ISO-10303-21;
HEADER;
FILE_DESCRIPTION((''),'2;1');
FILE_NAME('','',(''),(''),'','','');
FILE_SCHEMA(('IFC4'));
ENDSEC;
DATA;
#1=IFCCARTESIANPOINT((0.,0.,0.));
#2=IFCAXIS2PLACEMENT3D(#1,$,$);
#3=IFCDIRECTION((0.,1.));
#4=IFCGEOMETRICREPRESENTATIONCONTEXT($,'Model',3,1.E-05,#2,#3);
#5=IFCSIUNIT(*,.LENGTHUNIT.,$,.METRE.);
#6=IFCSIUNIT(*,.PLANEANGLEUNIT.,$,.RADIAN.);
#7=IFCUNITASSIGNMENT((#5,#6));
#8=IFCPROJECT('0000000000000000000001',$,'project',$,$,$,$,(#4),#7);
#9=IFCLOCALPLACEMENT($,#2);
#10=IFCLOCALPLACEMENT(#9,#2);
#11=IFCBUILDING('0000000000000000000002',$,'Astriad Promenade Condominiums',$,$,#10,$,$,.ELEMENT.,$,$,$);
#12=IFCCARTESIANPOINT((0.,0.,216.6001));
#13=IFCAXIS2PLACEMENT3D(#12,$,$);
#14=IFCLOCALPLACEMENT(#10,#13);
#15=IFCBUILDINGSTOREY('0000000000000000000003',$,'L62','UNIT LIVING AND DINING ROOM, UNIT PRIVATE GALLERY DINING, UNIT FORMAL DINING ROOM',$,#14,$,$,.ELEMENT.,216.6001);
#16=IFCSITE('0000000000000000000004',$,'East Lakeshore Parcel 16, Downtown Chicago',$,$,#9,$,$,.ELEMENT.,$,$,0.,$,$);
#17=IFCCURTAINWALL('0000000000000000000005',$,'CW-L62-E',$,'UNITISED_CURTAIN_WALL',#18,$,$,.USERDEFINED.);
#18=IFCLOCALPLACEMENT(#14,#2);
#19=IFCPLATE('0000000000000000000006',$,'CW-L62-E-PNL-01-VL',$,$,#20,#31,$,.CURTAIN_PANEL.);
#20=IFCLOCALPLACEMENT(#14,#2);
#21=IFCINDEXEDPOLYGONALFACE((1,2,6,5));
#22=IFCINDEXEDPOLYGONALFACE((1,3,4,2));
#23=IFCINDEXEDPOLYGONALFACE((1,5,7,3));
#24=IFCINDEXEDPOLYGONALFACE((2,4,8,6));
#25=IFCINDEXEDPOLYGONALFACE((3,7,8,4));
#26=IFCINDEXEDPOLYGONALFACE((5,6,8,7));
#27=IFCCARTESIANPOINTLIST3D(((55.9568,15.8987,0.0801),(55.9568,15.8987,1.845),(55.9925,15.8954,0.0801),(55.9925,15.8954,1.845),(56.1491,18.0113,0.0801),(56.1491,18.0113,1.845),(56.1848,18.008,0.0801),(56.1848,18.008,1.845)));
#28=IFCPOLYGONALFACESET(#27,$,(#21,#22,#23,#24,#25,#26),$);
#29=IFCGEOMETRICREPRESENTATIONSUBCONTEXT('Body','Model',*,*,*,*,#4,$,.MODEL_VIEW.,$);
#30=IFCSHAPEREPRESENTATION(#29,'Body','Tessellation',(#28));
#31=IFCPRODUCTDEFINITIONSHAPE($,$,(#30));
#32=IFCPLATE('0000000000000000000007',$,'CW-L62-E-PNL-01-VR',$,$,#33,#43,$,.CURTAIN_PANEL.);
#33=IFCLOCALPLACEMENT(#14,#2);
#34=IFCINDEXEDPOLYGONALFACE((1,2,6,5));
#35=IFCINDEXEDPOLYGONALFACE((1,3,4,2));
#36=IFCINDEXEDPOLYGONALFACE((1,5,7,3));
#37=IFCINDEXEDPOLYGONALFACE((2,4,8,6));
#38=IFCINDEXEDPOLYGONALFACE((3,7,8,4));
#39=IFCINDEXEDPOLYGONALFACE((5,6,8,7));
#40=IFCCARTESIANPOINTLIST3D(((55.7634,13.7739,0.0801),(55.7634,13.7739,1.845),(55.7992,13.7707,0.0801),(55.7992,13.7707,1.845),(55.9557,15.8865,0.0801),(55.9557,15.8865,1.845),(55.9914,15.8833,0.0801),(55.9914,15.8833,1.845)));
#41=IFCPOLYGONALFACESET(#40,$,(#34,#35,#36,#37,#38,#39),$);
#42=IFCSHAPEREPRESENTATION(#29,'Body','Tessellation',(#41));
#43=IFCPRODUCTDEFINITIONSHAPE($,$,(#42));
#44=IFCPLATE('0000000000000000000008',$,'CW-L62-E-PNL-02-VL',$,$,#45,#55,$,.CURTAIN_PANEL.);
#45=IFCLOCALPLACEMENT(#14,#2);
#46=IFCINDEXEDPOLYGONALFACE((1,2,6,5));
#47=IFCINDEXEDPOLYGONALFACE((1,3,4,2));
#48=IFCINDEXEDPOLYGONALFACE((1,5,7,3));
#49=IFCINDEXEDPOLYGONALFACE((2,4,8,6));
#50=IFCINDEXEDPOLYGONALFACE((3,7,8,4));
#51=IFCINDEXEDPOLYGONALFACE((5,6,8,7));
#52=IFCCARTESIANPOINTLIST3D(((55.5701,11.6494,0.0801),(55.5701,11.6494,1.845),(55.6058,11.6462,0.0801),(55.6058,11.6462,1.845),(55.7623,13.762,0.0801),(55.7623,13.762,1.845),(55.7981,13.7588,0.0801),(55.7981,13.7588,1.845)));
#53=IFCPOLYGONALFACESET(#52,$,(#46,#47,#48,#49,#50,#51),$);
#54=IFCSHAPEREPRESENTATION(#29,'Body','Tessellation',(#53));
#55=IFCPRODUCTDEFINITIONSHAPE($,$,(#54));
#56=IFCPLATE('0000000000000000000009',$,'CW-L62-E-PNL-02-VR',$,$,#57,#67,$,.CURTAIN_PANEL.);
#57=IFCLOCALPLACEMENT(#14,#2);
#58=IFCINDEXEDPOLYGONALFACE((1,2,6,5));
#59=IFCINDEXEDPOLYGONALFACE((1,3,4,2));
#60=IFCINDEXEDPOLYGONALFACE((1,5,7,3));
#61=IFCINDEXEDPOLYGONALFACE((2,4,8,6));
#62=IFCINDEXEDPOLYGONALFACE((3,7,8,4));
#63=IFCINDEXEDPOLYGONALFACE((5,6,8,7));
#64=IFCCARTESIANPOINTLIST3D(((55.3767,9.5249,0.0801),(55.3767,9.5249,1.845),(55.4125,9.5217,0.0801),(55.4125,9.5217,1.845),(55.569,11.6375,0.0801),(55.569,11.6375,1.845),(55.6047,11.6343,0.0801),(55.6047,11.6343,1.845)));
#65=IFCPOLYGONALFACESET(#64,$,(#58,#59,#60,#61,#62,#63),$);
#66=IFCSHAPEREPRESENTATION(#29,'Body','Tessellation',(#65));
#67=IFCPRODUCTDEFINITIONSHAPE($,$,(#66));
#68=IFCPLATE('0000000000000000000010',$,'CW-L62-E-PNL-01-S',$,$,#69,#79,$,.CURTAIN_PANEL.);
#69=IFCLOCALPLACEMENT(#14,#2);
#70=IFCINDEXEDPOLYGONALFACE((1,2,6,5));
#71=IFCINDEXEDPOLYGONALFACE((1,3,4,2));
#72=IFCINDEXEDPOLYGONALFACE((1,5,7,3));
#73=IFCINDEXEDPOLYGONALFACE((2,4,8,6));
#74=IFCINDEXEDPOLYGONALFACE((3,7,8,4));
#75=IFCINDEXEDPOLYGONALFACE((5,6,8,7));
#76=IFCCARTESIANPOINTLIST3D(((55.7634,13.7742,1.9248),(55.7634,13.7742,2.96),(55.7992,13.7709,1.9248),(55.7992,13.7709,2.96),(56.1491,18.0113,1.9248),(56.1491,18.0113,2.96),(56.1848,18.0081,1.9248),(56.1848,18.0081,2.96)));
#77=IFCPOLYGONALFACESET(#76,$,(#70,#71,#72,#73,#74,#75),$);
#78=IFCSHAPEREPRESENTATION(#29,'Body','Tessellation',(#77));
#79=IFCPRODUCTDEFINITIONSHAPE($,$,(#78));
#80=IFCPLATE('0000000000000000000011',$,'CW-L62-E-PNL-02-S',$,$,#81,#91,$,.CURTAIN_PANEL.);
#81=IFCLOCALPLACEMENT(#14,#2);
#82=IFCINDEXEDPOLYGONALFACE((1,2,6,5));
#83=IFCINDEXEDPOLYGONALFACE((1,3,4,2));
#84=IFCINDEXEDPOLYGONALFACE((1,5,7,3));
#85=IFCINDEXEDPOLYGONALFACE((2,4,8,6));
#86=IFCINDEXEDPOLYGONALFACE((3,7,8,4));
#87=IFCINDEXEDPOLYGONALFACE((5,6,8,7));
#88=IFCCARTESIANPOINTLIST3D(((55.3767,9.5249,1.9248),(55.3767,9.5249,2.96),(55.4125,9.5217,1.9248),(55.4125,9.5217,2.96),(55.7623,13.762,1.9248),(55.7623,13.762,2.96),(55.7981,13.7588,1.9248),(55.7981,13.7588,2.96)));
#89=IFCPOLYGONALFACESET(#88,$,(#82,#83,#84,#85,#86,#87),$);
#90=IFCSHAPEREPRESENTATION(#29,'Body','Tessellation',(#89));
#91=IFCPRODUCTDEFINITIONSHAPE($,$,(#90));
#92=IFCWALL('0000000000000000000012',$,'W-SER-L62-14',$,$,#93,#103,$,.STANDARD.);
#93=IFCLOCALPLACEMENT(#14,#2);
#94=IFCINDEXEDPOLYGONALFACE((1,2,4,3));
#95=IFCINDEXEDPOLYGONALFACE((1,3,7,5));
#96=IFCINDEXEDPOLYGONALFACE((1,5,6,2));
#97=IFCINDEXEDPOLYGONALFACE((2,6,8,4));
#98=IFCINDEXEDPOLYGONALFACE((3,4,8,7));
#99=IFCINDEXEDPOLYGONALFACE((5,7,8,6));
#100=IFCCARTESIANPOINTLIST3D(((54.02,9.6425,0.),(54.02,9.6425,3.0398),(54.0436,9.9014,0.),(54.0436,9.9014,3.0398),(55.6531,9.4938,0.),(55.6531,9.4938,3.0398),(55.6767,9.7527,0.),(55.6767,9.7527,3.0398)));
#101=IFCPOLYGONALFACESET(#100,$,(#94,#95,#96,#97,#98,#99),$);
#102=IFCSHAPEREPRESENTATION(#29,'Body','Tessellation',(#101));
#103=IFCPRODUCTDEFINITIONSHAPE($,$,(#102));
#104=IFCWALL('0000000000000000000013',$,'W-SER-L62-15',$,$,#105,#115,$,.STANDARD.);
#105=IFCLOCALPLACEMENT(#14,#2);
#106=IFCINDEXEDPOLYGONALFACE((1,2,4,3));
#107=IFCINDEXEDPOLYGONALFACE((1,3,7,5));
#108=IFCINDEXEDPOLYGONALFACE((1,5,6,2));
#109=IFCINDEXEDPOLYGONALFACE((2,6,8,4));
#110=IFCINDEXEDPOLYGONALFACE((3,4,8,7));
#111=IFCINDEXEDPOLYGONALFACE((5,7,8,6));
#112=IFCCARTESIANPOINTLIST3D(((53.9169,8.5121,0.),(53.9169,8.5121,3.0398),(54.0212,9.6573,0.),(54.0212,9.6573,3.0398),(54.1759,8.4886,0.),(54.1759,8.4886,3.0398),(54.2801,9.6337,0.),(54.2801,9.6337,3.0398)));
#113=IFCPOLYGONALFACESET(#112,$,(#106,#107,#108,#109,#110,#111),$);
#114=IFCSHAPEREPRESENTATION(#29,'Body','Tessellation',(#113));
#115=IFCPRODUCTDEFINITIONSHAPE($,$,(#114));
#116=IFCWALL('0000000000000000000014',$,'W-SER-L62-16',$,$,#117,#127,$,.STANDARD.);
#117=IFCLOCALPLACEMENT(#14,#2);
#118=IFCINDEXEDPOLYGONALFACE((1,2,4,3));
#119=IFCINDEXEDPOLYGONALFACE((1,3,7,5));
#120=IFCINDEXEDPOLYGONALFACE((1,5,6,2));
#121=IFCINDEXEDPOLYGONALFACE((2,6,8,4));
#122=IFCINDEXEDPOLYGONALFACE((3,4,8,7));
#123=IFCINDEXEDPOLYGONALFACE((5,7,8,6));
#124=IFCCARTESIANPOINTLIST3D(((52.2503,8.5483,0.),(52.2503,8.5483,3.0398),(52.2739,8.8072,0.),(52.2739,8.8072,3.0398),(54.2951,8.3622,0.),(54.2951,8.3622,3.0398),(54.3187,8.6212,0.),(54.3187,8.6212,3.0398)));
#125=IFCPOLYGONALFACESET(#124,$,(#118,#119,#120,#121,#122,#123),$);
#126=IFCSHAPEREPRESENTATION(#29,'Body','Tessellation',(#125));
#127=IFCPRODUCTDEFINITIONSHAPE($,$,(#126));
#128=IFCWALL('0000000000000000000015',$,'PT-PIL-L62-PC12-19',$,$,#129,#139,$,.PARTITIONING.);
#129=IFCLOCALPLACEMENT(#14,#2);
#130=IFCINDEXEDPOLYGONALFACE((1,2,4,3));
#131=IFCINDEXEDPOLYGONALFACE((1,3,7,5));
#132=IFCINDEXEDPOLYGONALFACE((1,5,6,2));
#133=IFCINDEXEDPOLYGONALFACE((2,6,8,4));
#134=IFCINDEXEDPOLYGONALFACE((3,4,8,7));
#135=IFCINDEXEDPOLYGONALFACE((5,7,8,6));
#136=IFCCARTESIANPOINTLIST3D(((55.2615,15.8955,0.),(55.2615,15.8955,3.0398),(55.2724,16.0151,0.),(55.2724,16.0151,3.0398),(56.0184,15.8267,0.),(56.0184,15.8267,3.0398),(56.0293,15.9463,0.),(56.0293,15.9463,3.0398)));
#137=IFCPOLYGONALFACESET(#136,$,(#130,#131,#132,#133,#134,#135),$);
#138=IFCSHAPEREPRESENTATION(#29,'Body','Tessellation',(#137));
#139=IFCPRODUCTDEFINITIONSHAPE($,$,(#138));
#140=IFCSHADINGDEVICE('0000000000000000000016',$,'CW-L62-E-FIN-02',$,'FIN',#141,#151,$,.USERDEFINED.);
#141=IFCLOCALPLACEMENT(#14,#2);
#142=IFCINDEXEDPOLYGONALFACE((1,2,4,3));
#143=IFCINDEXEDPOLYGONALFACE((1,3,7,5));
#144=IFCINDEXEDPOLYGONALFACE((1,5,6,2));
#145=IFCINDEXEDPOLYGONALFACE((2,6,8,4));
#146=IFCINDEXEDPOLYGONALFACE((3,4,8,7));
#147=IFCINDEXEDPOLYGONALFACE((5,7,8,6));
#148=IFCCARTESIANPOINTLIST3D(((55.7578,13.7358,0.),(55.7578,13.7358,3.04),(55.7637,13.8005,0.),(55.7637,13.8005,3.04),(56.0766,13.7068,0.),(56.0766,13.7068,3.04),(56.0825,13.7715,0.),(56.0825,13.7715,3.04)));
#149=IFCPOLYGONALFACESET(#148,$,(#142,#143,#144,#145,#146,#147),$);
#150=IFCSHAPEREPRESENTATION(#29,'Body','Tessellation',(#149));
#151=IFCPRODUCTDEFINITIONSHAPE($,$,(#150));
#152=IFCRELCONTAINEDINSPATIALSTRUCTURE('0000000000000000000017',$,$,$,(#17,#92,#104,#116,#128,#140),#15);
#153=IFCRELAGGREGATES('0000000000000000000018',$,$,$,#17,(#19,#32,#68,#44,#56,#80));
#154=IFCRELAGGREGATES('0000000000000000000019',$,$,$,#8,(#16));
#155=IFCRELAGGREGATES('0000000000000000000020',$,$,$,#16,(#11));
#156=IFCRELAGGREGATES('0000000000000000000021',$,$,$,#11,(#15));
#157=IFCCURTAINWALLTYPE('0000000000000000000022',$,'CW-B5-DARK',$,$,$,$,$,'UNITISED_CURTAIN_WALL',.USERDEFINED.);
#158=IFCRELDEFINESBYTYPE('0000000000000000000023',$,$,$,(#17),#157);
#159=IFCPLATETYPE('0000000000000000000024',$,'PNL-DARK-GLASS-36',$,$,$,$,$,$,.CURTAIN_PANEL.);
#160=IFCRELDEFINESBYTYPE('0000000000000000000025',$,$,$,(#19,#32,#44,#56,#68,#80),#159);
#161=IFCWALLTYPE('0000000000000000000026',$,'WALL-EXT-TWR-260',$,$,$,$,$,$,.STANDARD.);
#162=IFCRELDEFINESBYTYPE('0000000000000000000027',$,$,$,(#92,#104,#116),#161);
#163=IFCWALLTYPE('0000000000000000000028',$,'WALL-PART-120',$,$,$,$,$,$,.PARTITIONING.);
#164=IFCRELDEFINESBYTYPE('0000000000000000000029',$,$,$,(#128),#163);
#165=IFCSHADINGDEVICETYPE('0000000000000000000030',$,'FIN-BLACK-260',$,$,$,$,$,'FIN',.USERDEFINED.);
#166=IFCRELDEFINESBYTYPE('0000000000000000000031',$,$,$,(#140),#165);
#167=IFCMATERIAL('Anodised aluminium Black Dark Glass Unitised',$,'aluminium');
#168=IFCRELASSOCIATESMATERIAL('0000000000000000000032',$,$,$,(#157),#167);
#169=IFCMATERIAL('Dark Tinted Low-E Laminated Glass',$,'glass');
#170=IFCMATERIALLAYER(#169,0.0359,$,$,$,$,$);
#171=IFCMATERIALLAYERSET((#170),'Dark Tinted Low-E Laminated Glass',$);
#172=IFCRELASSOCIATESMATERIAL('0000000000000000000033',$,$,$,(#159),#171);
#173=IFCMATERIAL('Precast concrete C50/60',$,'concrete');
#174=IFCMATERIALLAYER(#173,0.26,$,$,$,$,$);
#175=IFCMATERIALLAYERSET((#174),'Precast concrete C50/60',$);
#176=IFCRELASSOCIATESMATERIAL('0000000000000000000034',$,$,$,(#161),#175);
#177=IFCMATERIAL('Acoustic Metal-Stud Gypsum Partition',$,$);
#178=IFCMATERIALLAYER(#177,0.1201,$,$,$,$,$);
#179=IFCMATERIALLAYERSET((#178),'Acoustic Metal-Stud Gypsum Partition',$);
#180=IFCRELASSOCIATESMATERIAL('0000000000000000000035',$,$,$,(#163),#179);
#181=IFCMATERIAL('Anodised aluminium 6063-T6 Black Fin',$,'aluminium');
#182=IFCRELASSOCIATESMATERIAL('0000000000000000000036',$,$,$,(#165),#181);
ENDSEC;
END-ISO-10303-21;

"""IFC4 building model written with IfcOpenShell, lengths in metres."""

from ifc_helpers import new_model, si_unit, direction, frame, frame_2d, origin, origin_2d, place, context, subcontext, project, spatial, rectangle, extrude, source, transform, mapped, material, layer, layer_set, type_object, type_shapes, element, aggregate, save


model = new_model("IFC4")

# Units and contexts
model_context = context("Model", 3, precision=1e-05, world=origin(), true_north=direction((0.0, 1.0)))
body_context = subcontext(model_context, "Body", "Model", "MODEL_VIEW")
ifc_project = project(units=[si_unit("LENGTHUNIT", "METRE"), si_unit("PLANEANGLEUNIT", "RADIAN")], contexts=[model_context])

# Site, building, storey
site_placement = place(None, origin())
site = spatial("IfcSite", under=ifc_project, at=site_placement, Name="East Lakeshore Parcel 16, Downtown Chicago", CompositionType="ELEMENT", RefElevation=0.0)
building_placement = place(site_placement, origin())
building = spatial("IfcBuilding", under=site, at=building_placement, Name="Astriad Promenade Condominiums", CompositionType="ELEMENT")
storey_placement = place(building_placement, frame((0.0, 0.0, 216.6001)))
storey = spatial("IfcBuildingStorey", under=building, at=storey_placement, Name="L62", Description="UNIT LIVING AND DINING ROOM, UNIT PRIVATE GALLERY DINING, UNIT FORMAL DINING ROOM", CompositionType="ELEMENT", Elevation=216.6001)

# Curtain wall, plates
ifc_material_1 = material(Name="Anodised aluminium Black Dark Glass Unitised", Category="aluminium")
curtain_wall_type = type_object("IfcCurtainWallType", Name="CW-B5-DARK", ElementType="UNITISED_CURTAIN_WALL", PredefinedType="USERDEFINED", material=ifc_material_1)
curtain_wall_placement = place(storey_placement, origin())
curtain_wall = element("IfcCurtainWall", 1, at=curtain_wall_placement, inside=storey, type_object=curtain_wall_type, Name="CW-L62-E", ObjectType="UNITISED_CURTAIN_WALL", PredefinedType="USERDEFINED")
ifc_material_2 = material(Name="Dark Tinted Low-E Laminated Glass", Category="glass")
ifc_layer_1 = layer(ifc_material_2, 0.0359)
ifc_layer_set_1 = layer_set([ifc_layer_1], Name="Dark Tinted Low-E Laminated Glass")
plate_type = type_object("IfcPlateType", Name="PNL-DARK-GLASS-36", PredefinedType="CURTAIN_PANEL", material=ifc_layer_set_1)
shared_shape_1 = source(origin(), body_context, "Body", "SweptSolid", [
    extrude(rectangle(XDim=2.1213, YDim=0.0359, at=origin_2d()), origin(), (0.0, 0.0, 1.0), 1.7649),
])
plate_1_placement = place(storey_placement, frame((56.0708, 16.9534, 0.0801), z_axis=(0.0, 0.0, 1.0), x_axis=(-0.090633, -0.995884, 0.0)))
plate_1 = element("IfcPlate", 2, at=plate_1_placement, type_object=plate_type, Name="CW-L62-E-PNL-01-VL", PredefinedType="CURTAIN_PANEL", context=body_context, shape_type="MappedRepresentation", body=[
    mapped(shared_shape_1, transform((0.0, 0.0, 0.0), scale=1.0)),
])
plate_2_placement = place(storey_placement, frame((55.8774, 14.8286, 0.0801), z_axis=(0.0, 0.0, 1.0), x_axis=(-0.090633, -0.995884, 0.0)))
plate_2 = element("IfcPlate", 3, at=plate_2_placement, type_object=plate_type, Name="CW-L62-E-PNL-01-VR", PredefinedType="CURTAIN_PANEL", context=body_context, shape_type="MappedRepresentation", body=[
    mapped(shared_shape_1, transform((0.0, 0.0, 0.0), scale=1.0)),
])
plate_3_placement = place(storey_placement, frame((55.6841, 12.7041, 0.0801), z_axis=(0.0, 0.0, 1.0), x_axis=(-0.090633, -0.995884, 0.0)))
plate_3 = element("IfcPlate", 4, at=plate_3_placement, type_object=plate_type, Name="CW-L62-E-PNL-02-VL", PredefinedType="CURTAIN_PANEL", context=body_context, shape_type="MappedRepresentation", body=[
    mapped(shared_shape_1, transform((0.0, 0.0, 0.0), scale=1.0)),
])
plate_4_placement = place(storey_placement, frame((55.4907, 10.5796, 0.0801), z_axis=(0.0, 0.0, 1.0), x_axis=(-0.090633, -0.995884, 0.0)))
plate_4 = element("IfcPlate", 5, at=plate_4_placement, type_object=plate_type, Name="CW-L62-E-PNL-02-VR", PredefinedType="CURTAIN_PANEL", context=body_context, shape_type="MappedRepresentation", body=[
    mapped(shared_shape_1, transform((0.0, 0.0, 0.0), scale=1.0)),
])
shared_shape_2 = source(origin(), body_context, "Body", "SweptSolid", [
    extrude(rectangle(XDim=4.2546, YDim=0.0359, at=origin_2d()), origin(), (0.0, 0.0, 1.0), 1.0352),
])
type_shapes(plate_type, [shared_shape_1, shared_shape_2])
plate_5_placement = place(storey_placement, frame((55.9741, 15.8911, 1.9248), z_axis=(0.0, 0.0, 1.0), x_axis=(-0.090633, -0.995884, 0.0)))
plate_5 = element("IfcPlate", 6, at=plate_5_placement, type_object=plate_type, Name="CW-L62-E-PNL-01-S", PredefinedType="CURTAIN_PANEL", context=body_context, shape_type="MappedRepresentation", body=[
    mapped(shared_shape_2, transform((0.0, 0.0, 0.0), scale=1.0)),
])
plate_6_placement = place(storey_placement, frame((55.5874, 11.6418, 1.9248), z_axis=(0.0, 0.0, 1.0), x_axis=(-0.090633, -0.995884, 0.0)))
plate_6 = element("IfcPlate", 7, at=plate_6_placement, type_object=plate_type, Name="CW-L62-E-PNL-02-S", PredefinedType="CURTAIN_PANEL", context=body_context, shape_type="MappedRepresentation", body=[
    mapped(shared_shape_2, transform((0.0, 0.0, 0.0), scale=1.0)),
])
aggregate(curtain_wall, [plate_1, plate_2, plate_5, plate_3, plate_4, plate_6])

# Walls
ifc_material_3 = material(Name="Precast concrete C50/60", Category="concrete")
ifc_layer_2 = layer(ifc_material_3, 0.26)
ifc_layer_set_2 = layer_set([ifc_layer_2], Name="Precast concrete C50/60")
wall_type_1 = type_object("IfcWallType", Name="WALL-EXT-TWR-260", PredefinedType="STANDARD", material=ifc_layer_set_2)
wall_1_placement = place(storey_placement, frame((55.6648, 9.6233, 0.0), z_axis=(0.0, 0.0, 1.0), x_axis=(-0.995881, 0.09067, 0.0)))
element("IfcWall", 8, at=wall_1_placement, inside=storey, type_object=wall_type_1, Name="W-SER-L62-14", PredefinedType="STANDARD", context=body_context, shape_type="SweptSolid", body=[
    extrude(rectangle(XDim=1.6399, YDim=0.26, at=frame_2d((0.8198, 0.0))), origin(), (0.0, 0.0, 1.0), 3.0398),
])
wall_2_placement = place(storey_placement, frame((54.1506, 9.6455, 0.0), z_axis=(0.0, 0.0, 1.0), x_axis=(-0.090651, -0.995883, 0.0)))
element("IfcWall", 9, at=wall_2_placement, inside=storey, type_object=wall_type_1, Name="W-SER-L62-15", PredefinedType="STANDARD", context=body_context, shape_type="SweptSolid", body=[
    extrude(rectangle(XDim=1.1499, YDim=0.26, at=frame_2d((0.575, 0.0))), origin(), (0.0, 0.0, 1.0), 3.0398),
])
wall_3_placement = place(storey_placement, frame((54.3069, 8.4917, 0.0), z_axis=(0.0, 0.0, 1.0), x_axis=(-0.995886, 0.090611, 0.0)))
element("IfcWall", 10, at=wall_3_placement, inside=storey, type_object=wall_type_1, Name="W-SER-L62-16", PredefinedType="STANDARD", context=body_context, shape_type="SweptSolid", body=[
    extrude(rectangle(XDim=2.0532, YDim=0.26, at=frame_2d((1.0266, 0.0))), origin(), (0.0, 0.0, 1.0), 3.0398),
])
ifc_material_4 = material(Name="Acoustic Metal-Stud Gypsum Partition")
ifc_layer_3 = layer(ifc_material_4, 0.1201)
ifc_layer_set_3 = layer_set([ifc_layer_3], Name="Acoustic Metal-Stud Gypsum Partition")
wall_type_2 = type_object("IfcWallType", Name="WALL-PART-120", PredefinedType="PARTITIONING", material=ifc_layer_set_3)
wall_4_placement = place(storey_placement, frame((55.2671, 15.9553, 0.0), z_axis=(0.0, 0.0, 1.0), x_axis=(0.995888, -0.090594, 0.0)))
element("IfcWall", 11, at=wall_4_placement, inside=storey, type_object=wall_type_2, Name="PT-PIL-L62-PC12-19", PredefinedType="PARTITIONING", context=body_context, shape_type="SweptSolid", body=[
    extrude(rectangle(XDim=0.76, YDim=0.1201, at=frame_2d((0.3799, 0.0))), origin(), (0.0, 0.0, 1.0), 3.0398),
])

# Shading device
ifc_material_5 = material(Name="Anodised aluminium 6063-T6 Black Fin", Category="aluminium")
shading_device_type = type_object("IfcShadingDeviceType", Name="FIN-BLACK-260", ElementType="FIN", PredefinedType="USERDEFINED", material=ifc_material_5)
shared_shape_3 = source(origin(), body_context, "Body", "SweptSolid", [
    extrude(rectangle(XDim=0.0649, YDim=0.3201, at=origin_2d()), origin(), (0.0, 0.0, 1.0), 3.04),
])
type_shapes(shading_device_type, [shared_shape_3])
shading_device_placement = place(storey_placement, frame((55.9202, 13.7537, 0.0), z_axis=(0.0, 0.0, 1.0), x_axis=(-0.090633, -0.995884, 0.0)))
element("IfcShadingDevice", 12, at=shading_device_placement, inside=storey, type_object=shading_device_type, Name="CW-L62-E-FIN-02", ObjectType="FIN", PredefinedType="USERDEFINED", context=body_context, shape_type="MappedRepresentation", body=[
    mapped(shared_shape_3, transform((0.0, 0.0, 0.0), scale=1.0)),
])

save(model, "model.ifc")
